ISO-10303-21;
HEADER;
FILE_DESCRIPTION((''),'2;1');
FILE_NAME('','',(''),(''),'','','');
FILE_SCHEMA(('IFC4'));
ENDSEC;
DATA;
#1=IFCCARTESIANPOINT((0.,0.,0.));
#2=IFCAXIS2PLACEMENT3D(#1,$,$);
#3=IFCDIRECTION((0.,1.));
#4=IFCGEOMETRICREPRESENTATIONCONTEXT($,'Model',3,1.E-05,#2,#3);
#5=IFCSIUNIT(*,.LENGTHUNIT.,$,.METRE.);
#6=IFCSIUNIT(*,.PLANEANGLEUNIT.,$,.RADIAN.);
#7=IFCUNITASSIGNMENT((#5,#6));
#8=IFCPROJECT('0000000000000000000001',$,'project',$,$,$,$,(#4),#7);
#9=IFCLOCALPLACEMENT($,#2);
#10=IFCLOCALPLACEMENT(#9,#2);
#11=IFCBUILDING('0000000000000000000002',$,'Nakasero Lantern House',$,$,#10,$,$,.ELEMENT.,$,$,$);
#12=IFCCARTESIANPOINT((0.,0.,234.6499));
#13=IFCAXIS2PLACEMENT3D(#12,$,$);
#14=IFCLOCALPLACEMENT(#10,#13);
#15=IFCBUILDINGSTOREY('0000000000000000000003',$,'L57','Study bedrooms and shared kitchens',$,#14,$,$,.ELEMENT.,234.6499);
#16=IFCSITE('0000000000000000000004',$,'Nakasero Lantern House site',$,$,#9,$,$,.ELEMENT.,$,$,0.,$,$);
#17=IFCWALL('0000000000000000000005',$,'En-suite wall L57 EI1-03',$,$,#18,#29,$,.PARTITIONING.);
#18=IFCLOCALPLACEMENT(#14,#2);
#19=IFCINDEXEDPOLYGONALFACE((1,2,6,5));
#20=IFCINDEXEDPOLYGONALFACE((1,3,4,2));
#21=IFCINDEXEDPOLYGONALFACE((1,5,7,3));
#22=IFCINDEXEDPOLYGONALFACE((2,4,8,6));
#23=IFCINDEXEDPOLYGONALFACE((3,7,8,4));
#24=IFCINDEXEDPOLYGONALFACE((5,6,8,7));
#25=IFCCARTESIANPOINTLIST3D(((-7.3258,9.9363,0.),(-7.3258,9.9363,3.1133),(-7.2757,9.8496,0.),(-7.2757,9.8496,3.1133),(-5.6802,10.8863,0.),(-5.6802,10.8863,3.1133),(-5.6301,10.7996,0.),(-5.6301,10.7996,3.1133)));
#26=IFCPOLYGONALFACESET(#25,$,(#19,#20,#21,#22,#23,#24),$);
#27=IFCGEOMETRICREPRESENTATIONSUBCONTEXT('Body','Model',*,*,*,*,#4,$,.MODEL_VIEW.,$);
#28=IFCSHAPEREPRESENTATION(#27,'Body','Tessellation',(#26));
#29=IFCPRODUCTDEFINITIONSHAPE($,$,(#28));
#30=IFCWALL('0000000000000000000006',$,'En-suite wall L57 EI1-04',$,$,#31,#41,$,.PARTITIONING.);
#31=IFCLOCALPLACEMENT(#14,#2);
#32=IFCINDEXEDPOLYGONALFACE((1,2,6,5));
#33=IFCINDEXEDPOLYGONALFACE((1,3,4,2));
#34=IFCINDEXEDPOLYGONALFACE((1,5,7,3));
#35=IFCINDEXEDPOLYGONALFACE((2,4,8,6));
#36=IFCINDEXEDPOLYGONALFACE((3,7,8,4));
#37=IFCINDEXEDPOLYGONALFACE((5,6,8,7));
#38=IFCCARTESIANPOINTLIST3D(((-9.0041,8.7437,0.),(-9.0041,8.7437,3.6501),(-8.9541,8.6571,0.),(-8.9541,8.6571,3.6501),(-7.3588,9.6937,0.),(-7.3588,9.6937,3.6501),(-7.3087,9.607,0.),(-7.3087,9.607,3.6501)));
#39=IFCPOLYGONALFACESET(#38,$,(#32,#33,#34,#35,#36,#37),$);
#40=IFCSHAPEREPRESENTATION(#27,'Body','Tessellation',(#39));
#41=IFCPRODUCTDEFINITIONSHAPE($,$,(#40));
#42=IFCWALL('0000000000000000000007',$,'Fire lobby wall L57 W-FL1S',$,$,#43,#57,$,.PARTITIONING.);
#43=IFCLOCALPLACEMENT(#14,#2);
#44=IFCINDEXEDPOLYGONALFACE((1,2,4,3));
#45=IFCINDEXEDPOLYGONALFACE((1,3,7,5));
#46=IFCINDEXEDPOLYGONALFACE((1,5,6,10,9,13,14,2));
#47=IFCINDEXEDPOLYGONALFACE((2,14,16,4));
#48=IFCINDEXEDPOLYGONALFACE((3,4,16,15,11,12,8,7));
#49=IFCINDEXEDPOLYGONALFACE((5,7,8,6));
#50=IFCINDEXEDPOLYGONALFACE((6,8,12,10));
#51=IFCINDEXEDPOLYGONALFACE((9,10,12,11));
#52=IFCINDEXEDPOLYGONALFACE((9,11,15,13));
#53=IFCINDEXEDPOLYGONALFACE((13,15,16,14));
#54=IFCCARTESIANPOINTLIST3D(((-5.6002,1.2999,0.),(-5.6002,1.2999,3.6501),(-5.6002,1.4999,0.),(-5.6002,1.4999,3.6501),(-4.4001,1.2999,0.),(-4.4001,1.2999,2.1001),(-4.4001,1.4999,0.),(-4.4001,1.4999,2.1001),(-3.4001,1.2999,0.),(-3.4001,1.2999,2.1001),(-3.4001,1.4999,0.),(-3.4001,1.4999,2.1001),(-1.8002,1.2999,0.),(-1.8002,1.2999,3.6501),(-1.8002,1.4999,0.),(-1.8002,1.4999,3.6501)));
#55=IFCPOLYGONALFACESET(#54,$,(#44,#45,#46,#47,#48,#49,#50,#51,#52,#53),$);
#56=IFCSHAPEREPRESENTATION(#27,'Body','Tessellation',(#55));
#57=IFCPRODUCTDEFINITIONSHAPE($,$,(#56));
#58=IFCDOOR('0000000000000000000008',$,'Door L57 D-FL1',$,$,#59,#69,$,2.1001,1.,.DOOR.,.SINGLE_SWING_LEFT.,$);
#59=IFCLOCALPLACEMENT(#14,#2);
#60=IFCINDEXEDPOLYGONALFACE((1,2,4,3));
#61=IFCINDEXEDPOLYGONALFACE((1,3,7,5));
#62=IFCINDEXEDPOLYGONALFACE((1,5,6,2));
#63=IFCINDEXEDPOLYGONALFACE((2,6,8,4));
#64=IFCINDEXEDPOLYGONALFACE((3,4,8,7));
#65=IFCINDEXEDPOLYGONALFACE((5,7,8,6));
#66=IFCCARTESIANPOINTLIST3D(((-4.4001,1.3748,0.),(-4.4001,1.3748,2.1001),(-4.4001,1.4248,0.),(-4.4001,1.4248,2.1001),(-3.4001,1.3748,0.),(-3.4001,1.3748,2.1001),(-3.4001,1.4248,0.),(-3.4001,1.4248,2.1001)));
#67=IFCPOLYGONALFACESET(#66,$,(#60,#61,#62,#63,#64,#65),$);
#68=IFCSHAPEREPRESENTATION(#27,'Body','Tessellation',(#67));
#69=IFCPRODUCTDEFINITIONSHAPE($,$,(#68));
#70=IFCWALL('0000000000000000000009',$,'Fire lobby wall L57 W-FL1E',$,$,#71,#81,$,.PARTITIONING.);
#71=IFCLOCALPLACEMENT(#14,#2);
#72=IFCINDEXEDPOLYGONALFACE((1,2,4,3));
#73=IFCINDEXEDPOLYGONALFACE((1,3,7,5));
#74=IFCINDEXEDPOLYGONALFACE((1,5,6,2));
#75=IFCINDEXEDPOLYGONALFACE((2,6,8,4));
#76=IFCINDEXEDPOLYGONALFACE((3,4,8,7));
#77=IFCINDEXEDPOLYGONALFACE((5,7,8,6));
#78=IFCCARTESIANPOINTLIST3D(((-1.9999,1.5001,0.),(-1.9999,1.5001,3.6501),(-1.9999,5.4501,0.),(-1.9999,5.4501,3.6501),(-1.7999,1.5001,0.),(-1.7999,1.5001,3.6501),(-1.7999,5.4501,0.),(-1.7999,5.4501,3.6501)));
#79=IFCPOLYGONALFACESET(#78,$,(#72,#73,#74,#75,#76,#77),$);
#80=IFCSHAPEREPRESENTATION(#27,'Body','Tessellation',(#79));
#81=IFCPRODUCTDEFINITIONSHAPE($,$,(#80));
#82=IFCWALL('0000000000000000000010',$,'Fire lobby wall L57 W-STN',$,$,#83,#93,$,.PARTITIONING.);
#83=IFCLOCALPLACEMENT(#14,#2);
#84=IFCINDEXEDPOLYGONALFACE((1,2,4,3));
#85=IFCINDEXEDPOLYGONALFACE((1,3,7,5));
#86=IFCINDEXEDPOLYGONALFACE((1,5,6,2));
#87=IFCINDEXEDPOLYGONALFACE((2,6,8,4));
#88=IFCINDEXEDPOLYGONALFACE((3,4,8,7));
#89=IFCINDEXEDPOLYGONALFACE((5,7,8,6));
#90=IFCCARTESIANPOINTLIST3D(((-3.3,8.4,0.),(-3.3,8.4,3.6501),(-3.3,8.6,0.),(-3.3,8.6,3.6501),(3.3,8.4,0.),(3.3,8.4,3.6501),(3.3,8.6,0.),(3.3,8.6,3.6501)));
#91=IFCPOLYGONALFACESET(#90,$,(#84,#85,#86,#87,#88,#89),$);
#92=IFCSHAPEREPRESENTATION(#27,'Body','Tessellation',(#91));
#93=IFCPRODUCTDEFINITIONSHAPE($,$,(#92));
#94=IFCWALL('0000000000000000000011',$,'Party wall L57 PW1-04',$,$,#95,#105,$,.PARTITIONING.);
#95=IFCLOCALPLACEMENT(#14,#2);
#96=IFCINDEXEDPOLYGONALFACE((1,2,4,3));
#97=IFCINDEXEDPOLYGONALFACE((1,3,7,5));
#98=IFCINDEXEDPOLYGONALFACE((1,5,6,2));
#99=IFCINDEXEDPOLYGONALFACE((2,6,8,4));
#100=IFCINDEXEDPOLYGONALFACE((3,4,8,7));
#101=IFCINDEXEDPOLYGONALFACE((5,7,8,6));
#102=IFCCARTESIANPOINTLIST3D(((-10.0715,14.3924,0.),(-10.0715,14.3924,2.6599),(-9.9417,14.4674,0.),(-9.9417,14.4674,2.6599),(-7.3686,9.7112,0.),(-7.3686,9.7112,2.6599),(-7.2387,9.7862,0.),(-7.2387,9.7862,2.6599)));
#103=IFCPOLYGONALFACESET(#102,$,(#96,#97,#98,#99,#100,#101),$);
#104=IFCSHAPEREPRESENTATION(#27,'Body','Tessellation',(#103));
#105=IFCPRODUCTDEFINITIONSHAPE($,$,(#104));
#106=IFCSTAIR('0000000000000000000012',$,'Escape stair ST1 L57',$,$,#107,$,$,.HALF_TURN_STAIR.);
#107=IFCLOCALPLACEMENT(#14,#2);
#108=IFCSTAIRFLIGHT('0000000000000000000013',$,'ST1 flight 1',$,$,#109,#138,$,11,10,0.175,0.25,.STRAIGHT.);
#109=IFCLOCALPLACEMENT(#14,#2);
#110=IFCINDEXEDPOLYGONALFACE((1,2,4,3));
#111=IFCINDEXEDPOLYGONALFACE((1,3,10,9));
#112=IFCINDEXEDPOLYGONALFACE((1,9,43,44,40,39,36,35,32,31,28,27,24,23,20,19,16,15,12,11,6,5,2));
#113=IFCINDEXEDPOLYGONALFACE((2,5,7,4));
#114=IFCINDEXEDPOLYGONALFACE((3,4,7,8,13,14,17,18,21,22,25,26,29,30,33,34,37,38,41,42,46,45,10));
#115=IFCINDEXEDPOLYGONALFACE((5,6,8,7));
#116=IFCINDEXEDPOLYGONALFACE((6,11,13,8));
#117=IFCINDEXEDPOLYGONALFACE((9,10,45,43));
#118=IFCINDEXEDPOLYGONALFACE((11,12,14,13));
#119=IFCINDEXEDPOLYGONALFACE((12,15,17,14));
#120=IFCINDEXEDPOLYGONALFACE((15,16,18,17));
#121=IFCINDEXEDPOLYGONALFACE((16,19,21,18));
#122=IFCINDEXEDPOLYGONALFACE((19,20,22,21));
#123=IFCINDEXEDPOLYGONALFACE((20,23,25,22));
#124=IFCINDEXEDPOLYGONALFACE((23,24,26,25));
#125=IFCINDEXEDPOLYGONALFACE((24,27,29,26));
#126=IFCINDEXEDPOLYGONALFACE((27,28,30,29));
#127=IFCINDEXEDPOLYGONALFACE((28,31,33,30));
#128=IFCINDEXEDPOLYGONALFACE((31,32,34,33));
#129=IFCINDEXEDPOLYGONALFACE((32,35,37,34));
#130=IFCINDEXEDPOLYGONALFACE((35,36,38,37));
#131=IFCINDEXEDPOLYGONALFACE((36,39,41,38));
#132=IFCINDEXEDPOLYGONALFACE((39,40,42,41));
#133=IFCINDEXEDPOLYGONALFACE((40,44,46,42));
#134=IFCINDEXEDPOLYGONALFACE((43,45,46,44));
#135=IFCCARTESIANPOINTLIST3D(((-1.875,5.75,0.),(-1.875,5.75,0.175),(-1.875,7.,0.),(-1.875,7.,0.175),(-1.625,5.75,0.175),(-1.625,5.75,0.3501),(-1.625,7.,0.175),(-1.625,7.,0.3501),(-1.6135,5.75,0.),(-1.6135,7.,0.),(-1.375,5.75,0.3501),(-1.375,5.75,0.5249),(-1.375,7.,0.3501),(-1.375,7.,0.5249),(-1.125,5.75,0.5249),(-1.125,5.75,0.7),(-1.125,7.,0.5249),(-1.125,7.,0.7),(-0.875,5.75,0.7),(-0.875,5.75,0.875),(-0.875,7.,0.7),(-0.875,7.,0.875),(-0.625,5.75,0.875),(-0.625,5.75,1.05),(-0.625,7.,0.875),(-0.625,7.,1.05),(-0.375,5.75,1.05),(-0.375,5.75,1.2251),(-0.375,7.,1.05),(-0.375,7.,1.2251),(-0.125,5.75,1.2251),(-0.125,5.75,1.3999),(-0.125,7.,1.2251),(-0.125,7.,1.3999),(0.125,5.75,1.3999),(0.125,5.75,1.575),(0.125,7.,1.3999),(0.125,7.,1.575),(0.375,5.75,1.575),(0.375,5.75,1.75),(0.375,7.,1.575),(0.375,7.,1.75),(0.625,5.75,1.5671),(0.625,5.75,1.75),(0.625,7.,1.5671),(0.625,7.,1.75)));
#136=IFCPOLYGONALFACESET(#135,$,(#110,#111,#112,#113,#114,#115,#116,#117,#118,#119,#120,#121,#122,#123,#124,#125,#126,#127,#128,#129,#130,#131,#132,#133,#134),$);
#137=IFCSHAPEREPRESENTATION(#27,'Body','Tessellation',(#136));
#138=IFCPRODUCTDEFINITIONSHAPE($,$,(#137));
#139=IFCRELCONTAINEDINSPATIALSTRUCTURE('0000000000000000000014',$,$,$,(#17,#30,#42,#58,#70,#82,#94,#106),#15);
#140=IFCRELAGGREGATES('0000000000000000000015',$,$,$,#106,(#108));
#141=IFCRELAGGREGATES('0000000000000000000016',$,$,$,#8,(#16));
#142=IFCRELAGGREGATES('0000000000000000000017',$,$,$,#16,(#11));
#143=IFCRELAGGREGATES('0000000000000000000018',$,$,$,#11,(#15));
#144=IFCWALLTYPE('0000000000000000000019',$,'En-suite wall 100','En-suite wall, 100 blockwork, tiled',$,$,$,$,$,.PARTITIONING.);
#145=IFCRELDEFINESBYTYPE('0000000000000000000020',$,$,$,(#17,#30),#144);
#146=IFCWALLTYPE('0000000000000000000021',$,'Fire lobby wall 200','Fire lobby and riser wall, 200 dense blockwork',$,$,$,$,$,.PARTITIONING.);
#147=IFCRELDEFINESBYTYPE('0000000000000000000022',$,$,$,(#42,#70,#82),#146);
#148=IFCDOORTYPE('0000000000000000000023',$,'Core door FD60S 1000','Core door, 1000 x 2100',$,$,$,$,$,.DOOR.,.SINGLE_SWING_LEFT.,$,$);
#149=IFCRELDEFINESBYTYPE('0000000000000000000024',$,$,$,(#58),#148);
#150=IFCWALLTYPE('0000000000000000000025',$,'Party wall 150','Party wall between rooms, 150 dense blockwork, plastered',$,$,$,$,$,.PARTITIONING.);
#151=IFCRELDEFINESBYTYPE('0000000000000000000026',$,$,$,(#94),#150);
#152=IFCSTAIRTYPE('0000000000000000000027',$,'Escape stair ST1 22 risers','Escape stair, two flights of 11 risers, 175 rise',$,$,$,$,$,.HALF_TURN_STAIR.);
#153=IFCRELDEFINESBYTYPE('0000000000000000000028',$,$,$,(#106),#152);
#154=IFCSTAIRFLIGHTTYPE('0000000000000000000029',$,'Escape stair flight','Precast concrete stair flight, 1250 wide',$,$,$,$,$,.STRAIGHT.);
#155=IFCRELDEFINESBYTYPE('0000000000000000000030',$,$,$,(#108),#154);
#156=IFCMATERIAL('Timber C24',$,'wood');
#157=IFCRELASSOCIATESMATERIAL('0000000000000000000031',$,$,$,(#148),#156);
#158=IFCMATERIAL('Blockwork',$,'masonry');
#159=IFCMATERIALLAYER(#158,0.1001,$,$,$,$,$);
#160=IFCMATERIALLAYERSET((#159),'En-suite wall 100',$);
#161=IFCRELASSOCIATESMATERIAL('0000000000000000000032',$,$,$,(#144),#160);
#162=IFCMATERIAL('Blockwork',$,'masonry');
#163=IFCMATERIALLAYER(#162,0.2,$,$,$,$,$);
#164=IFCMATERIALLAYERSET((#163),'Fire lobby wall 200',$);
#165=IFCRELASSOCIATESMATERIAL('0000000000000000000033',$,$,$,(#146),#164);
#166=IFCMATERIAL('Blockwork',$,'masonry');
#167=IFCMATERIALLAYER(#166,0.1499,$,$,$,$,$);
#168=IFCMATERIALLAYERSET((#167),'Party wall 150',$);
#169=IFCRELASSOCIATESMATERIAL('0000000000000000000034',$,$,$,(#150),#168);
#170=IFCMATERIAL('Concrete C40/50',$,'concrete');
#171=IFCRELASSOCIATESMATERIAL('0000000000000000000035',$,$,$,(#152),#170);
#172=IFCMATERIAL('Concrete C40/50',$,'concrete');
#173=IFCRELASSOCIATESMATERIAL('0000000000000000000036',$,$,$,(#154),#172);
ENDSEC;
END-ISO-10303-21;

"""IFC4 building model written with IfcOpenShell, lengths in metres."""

from ifc_helpers import new_model, si_unit, direction, frame, frame_2d, origin, place, context, subcontext, project, spatial, polyline, rectangle, outline, extrude, material, layer, layer_set, type_object, element, fill, aggregate, save


model = new_model("IFC4")

# Units and contexts
model_context = context("Model", 3, precision=1e-05, world=origin(), true_north=direction((0.0, 1.0)))
body_context = subcontext(model_context, "Body", "Model", "MODEL_VIEW")
ifc_project = project(units=[si_unit("LENGTHUNIT", "METRE"), si_unit("PLANEANGLEUNIT", "RADIAN")], contexts=[model_context])

# Site, building, storey
site_placement = place(None, origin())
site = spatial("IfcSite", under=ifc_project, at=site_placement, Name="Nakasero Lantern House site", CompositionType="ELEMENT", RefElevation=0.0)
building_placement = place(site_placement, origin())
building = spatial("IfcBuilding", under=site, at=building_placement, Name="Nakasero Lantern House", CompositionType="ELEMENT")
storey_placement = place(building_placement, frame((0.0, 0.0, 234.6499)))
storey = spatial("IfcBuildingStorey", under=building, at=storey_placement, Name="L57", Description="Study bedrooms and shared kitchens", CompositionType="ELEMENT", Elevation=234.6499)

# Shared definitions
ifc_material_1 = material(Name="Timber C24", Category="wood")
door_type_1 = type_object("IfcDoorType", Name="Core door FD60S 1000", Description="Core door, 1000 x 2100", OperationType="SINGLE_SWING_LEFT", PredefinedType="DOOR", material=ifc_material_1)

# Shared definitions
ifc_material_2 = material(Name="Blockwork", Category="masonry")
ifc_layer_1 = layer(ifc_material_2, 0.1001)
ifc_layer_set_1 = layer_set([ifc_layer_1], Name="En-suite wall 100")
wall_type_1 = type_object("IfcWallType", Name="En-suite wall 100", Description="En-suite wall, 100 blockwork, tiled", PredefinedType="PARTITIONING", material=ifc_layer_set_1)

# Walls
wall_1_placement = place(storey_placement, frame((-5.655, 10.843, 0.0), z_axis=(0.0, 0.0, 1.0), x_axis=(-0.866044, -0.499967, 0.0)))
element("IfcWall", 1, at=wall_1_placement, inside=storey, type_object=wall_type_1, Name="En-suite wall L57 EI1-03", PredefinedType="PARTITIONING", context=body_context, shape_type="SweptSolid", body=[
    extrude(rectangle(XDim=1.9001, YDim=0.1001, at=frame_2d((0.9502, 0.0))), origin(), (0.0, 0.0, 1.0), 3.1133),
])
wall_2_placement = place(storey_placement, frame((-7.3337, 9.6504, 0.0), z_axis=(0.0, 0.0, 1.0), x_axis=(-0.866012, -0.500023, 0.0)))
element("IfcWall", 2, at=wall_2_placement, inside=storey, type_object=wall_type_1, Name="En-suite wall L57 EI1-04", PredefinedType="PARTITIONING", context=body_context, shape_type="SweptSolid", body=[
    extrude(rectangle(XDim=1.8999, YDim=0.1001, at=frame_2d((0.95, 0.0))), origin(), (0.0, 0.0, 1.0), 3.6501),
])

# Wall, opening, door
ifc_material_3 = material(Name="Blockwork", Category="masonry")
ifc_layer_2 = layer(ifc_material_3, 0.2)
ifc_layer_set_2 = layer_set([ifc_layer_2], Name="Fire lobby wall 200")
wall_type_2 = type_object("IfcWallType", Name="Fire lobby wall 200", Description="Fire lobby and riser wall, 200 dense blockwork", PredefinedType="PARTITIONING", material=ifc_layer_set_2)
wall_3_placement = place(storey_placement, frame((-5.6001, 1.3999, 0.0), z_axis=(0.0, 0.0, 1.0), x_axis=(1.0, 0.0, 0.0)))
wall_3 = element("IfcWall", 3, at=wall_3_placement, inside=storey, type_object=wall_type_2, Name="Fire lobby wall L57 W-FL1S", PredefinedType="PARTITIONING", context=body_context, shape_type="SweptSolid", body=[
    extrude(rectangle(XDim=3.8, YDim=0.2, at=frame_2d((1.8999, 0.0))), origin(), (0.0, 0.0, 1.0), 3.6501),
])
opening_1_placement = place(wall_3_placement, frame((1.2, 0.0, 0.0)))
opening_1 = element("IfcOpeningElement", 4, at=opening_1_placement, cuts=wall_3, PredefinedType="OPENING", context=body_context, shape_type="SweptSolid", body=[
    extrude(rectangle(XDim=1.0, YDim=2.1001, at=frame_2d((0.5, 1.05))), frame((0.0, 0.1199, 0.0), z_axis=(0.0, -1.0, 0.0), x_axis=(1.0, 0.0, 0.0)), (0.0, 0.0, 1.0), 0.24),
])
door_1_placement = place(opening_1_placement, origin())
door_1 = element("IfcDoor", 5, at=door_1_placement, inside=storey, type_object=door_type_1, Name="Door L57 D-FL1", OperationType="SINGLE_SWING_LEFT", OverallHeight=2.1001, OverallWidth=1.0, PredefinedType="DOOR", context=body_context, shape_type="SweptSolid", body=[
    extrude(rectangle(XDim=1.0, YDim=2.1001, at=frame_2d((0.5, 1.05))), frame((0.0, 0.0249, 0.0), z_axis=(0.0, -1.0, 0.0), x_axis=(1.0, 0.0, 0.0)), (0.0, 0.0, 1.0), 0.05),
])
fill(opening_1, door_1)

# Walls
wall_4_placement = place(storey_placement, frame((-1.8999, 1.5, 0.0), z_axis=(0.0, 0.0, 1.0), x_axis=(0.0, 1.0, 0.0)))
element("IfcWall", 6, at=wall_4_placement, inside=storey, type_object=wall_type_2, Name="Fire lobby wall L57 W-FL1E", PredefinedType="PARTITIONING", context=body_context, shape_type="SweptSolid", body=[
    extrude(rectangle(XDim=3.95, YDim=0.2, at=frame_2d((1.9751, 0.0))), origin(), (0.0, 0.0, 1.0), 3.6501),
])
wall_5_placement = place(storey_placement, frame((-3.3, 8.5, 0.0), z_axis=(0.0, 0.0, 1.0), x_axis=(1.0, 0.0, 0.0)))
element("IfcWall", 7, at=wall_5_placement, inside=storey, type_object=wall_type_2, Name="Fire lobby wall L57 W-STN", PredefinedType="PARTITIONING", context=body_context, shape_type="SweptSolid", body=[
    extrude(rectangle(XDim=6.6001, YDim=0.2, at=frame_2d((3.3, 0.0))), origin(), (0.0, 0.0, 1.0), 3.6501),
])
ifc_material_4 = material(Name="Blockwork", Category="masonry")
ifc_layer_3 = layer(ifc_material_4, 0.1499)
ifc_layer_set_3 = layer_set([ifc_layer_3], Name="Party wall 150")
wall_type_3 = type_object("IfcWallType", Name="Party wall 150", Description="Party wall between rooms, 150 dense blockwork, plastered", PredefinedType="PARTITIONING", material=ifc_layer_set_3)
wall_6_placement = place(storey_placement, frame((-7.3037, 9.7488, 0.0), z_axis=(0.0, 0.0, 1.0), x_axis=(-0.50003, 0.866008, 0.0)))
element("IfcWall", 8, at=wall_6_placement, inside=storey, type_object=wall_type_3, Name="Party wall L57 PW1-04", PredefinedType="PARTITIONING", context=body_context, shape_type="SweptSolid", body=[
    extrude(rectangle(XDim=5.4055, YDim=0.1499, at=frame_2d((2.7026, 0.0))), origin(), (0.0, 0.0, 1.0), 2.6599),
])

# Stair, stair flight
ifc_material_5 = material(Name="Concrete C40/50", Category="concrete")
stair_type = type_object("IfcStairType", Name="Escape stair ST1 22 risers", Description="Escape stair, two flights of 11 risers, 175 rise", PredefinedType="HALF_TURN_STAIR", material=ifc_material_5)
stair_placement = place(storey_placement, origin())
stair = element("IfcStair", 9, at=stair_placement, inside=storey, type_object=stair_type, Name="Escape stair ST1 L57", PredefinedType="HALF_TURN_STAIR")
ifc_material_6 = material(Name="Concrete C40/50", Category="concrete")
stair_flight_type = type_object("IfcStairFlightType", Name="Escape stair flight", Description="Precast concrete stair flight, 1250 wide", PredefinedType="STRAIGHT", material=ifc_material_6)
stair_flight_placement = place(storey_placement, frame((-1.875, 6.375, 0.0), z_axis=(0.0, 0.0, 1.0), x_axis=(1.0, 0.0, 0.0)))
stair_flight = element("IfcStairFlight", 10, at=stair_flight_placement, type_object=stair_flight_type, Name="ST1 flight 1", NumberOfRisers=11, NumberOfTreads=10, PredefinedType="STRAIGHT", RiserHeight=0.175, TreadLength=0.25, context=body_context, shape_type="SweptSolid", body=[
    extrude(outline(polyline([(0.0, 0.0), (0.0, 0.175), (0.25, 0.175), (0.25, 0.3501), (0.5, 0.3501), (0.5, 0.5249), (0.75, 0.5249), (0.75, 0.7), (1.0, 0.7), (1.0, 0.875), (1.25, 0.875), (1.25, 1.05), (1.5, 1.05), (1.5, 1.2251), (1.75, 1.2251), (1.75, 1.3999), (2.0, 1.3999), (2.0, 1.575), (2.25, 1.575), (2.25, 1.75), (2.5, 1.75), (2.5, 1.925), (2.5, 1.5671), (0.2615, 0.0), (0.0, 0.0)])), frame((0.0, 0.625, 0.0), z_axis=(0.0, -1.0, 0.0), x_axis=(1.0, 0.0, 0.0)), (0.0, 0.0, 1.0), 1.25),
])
aggregate(stair, [stair_flight])

save(model, "model.ifc")
